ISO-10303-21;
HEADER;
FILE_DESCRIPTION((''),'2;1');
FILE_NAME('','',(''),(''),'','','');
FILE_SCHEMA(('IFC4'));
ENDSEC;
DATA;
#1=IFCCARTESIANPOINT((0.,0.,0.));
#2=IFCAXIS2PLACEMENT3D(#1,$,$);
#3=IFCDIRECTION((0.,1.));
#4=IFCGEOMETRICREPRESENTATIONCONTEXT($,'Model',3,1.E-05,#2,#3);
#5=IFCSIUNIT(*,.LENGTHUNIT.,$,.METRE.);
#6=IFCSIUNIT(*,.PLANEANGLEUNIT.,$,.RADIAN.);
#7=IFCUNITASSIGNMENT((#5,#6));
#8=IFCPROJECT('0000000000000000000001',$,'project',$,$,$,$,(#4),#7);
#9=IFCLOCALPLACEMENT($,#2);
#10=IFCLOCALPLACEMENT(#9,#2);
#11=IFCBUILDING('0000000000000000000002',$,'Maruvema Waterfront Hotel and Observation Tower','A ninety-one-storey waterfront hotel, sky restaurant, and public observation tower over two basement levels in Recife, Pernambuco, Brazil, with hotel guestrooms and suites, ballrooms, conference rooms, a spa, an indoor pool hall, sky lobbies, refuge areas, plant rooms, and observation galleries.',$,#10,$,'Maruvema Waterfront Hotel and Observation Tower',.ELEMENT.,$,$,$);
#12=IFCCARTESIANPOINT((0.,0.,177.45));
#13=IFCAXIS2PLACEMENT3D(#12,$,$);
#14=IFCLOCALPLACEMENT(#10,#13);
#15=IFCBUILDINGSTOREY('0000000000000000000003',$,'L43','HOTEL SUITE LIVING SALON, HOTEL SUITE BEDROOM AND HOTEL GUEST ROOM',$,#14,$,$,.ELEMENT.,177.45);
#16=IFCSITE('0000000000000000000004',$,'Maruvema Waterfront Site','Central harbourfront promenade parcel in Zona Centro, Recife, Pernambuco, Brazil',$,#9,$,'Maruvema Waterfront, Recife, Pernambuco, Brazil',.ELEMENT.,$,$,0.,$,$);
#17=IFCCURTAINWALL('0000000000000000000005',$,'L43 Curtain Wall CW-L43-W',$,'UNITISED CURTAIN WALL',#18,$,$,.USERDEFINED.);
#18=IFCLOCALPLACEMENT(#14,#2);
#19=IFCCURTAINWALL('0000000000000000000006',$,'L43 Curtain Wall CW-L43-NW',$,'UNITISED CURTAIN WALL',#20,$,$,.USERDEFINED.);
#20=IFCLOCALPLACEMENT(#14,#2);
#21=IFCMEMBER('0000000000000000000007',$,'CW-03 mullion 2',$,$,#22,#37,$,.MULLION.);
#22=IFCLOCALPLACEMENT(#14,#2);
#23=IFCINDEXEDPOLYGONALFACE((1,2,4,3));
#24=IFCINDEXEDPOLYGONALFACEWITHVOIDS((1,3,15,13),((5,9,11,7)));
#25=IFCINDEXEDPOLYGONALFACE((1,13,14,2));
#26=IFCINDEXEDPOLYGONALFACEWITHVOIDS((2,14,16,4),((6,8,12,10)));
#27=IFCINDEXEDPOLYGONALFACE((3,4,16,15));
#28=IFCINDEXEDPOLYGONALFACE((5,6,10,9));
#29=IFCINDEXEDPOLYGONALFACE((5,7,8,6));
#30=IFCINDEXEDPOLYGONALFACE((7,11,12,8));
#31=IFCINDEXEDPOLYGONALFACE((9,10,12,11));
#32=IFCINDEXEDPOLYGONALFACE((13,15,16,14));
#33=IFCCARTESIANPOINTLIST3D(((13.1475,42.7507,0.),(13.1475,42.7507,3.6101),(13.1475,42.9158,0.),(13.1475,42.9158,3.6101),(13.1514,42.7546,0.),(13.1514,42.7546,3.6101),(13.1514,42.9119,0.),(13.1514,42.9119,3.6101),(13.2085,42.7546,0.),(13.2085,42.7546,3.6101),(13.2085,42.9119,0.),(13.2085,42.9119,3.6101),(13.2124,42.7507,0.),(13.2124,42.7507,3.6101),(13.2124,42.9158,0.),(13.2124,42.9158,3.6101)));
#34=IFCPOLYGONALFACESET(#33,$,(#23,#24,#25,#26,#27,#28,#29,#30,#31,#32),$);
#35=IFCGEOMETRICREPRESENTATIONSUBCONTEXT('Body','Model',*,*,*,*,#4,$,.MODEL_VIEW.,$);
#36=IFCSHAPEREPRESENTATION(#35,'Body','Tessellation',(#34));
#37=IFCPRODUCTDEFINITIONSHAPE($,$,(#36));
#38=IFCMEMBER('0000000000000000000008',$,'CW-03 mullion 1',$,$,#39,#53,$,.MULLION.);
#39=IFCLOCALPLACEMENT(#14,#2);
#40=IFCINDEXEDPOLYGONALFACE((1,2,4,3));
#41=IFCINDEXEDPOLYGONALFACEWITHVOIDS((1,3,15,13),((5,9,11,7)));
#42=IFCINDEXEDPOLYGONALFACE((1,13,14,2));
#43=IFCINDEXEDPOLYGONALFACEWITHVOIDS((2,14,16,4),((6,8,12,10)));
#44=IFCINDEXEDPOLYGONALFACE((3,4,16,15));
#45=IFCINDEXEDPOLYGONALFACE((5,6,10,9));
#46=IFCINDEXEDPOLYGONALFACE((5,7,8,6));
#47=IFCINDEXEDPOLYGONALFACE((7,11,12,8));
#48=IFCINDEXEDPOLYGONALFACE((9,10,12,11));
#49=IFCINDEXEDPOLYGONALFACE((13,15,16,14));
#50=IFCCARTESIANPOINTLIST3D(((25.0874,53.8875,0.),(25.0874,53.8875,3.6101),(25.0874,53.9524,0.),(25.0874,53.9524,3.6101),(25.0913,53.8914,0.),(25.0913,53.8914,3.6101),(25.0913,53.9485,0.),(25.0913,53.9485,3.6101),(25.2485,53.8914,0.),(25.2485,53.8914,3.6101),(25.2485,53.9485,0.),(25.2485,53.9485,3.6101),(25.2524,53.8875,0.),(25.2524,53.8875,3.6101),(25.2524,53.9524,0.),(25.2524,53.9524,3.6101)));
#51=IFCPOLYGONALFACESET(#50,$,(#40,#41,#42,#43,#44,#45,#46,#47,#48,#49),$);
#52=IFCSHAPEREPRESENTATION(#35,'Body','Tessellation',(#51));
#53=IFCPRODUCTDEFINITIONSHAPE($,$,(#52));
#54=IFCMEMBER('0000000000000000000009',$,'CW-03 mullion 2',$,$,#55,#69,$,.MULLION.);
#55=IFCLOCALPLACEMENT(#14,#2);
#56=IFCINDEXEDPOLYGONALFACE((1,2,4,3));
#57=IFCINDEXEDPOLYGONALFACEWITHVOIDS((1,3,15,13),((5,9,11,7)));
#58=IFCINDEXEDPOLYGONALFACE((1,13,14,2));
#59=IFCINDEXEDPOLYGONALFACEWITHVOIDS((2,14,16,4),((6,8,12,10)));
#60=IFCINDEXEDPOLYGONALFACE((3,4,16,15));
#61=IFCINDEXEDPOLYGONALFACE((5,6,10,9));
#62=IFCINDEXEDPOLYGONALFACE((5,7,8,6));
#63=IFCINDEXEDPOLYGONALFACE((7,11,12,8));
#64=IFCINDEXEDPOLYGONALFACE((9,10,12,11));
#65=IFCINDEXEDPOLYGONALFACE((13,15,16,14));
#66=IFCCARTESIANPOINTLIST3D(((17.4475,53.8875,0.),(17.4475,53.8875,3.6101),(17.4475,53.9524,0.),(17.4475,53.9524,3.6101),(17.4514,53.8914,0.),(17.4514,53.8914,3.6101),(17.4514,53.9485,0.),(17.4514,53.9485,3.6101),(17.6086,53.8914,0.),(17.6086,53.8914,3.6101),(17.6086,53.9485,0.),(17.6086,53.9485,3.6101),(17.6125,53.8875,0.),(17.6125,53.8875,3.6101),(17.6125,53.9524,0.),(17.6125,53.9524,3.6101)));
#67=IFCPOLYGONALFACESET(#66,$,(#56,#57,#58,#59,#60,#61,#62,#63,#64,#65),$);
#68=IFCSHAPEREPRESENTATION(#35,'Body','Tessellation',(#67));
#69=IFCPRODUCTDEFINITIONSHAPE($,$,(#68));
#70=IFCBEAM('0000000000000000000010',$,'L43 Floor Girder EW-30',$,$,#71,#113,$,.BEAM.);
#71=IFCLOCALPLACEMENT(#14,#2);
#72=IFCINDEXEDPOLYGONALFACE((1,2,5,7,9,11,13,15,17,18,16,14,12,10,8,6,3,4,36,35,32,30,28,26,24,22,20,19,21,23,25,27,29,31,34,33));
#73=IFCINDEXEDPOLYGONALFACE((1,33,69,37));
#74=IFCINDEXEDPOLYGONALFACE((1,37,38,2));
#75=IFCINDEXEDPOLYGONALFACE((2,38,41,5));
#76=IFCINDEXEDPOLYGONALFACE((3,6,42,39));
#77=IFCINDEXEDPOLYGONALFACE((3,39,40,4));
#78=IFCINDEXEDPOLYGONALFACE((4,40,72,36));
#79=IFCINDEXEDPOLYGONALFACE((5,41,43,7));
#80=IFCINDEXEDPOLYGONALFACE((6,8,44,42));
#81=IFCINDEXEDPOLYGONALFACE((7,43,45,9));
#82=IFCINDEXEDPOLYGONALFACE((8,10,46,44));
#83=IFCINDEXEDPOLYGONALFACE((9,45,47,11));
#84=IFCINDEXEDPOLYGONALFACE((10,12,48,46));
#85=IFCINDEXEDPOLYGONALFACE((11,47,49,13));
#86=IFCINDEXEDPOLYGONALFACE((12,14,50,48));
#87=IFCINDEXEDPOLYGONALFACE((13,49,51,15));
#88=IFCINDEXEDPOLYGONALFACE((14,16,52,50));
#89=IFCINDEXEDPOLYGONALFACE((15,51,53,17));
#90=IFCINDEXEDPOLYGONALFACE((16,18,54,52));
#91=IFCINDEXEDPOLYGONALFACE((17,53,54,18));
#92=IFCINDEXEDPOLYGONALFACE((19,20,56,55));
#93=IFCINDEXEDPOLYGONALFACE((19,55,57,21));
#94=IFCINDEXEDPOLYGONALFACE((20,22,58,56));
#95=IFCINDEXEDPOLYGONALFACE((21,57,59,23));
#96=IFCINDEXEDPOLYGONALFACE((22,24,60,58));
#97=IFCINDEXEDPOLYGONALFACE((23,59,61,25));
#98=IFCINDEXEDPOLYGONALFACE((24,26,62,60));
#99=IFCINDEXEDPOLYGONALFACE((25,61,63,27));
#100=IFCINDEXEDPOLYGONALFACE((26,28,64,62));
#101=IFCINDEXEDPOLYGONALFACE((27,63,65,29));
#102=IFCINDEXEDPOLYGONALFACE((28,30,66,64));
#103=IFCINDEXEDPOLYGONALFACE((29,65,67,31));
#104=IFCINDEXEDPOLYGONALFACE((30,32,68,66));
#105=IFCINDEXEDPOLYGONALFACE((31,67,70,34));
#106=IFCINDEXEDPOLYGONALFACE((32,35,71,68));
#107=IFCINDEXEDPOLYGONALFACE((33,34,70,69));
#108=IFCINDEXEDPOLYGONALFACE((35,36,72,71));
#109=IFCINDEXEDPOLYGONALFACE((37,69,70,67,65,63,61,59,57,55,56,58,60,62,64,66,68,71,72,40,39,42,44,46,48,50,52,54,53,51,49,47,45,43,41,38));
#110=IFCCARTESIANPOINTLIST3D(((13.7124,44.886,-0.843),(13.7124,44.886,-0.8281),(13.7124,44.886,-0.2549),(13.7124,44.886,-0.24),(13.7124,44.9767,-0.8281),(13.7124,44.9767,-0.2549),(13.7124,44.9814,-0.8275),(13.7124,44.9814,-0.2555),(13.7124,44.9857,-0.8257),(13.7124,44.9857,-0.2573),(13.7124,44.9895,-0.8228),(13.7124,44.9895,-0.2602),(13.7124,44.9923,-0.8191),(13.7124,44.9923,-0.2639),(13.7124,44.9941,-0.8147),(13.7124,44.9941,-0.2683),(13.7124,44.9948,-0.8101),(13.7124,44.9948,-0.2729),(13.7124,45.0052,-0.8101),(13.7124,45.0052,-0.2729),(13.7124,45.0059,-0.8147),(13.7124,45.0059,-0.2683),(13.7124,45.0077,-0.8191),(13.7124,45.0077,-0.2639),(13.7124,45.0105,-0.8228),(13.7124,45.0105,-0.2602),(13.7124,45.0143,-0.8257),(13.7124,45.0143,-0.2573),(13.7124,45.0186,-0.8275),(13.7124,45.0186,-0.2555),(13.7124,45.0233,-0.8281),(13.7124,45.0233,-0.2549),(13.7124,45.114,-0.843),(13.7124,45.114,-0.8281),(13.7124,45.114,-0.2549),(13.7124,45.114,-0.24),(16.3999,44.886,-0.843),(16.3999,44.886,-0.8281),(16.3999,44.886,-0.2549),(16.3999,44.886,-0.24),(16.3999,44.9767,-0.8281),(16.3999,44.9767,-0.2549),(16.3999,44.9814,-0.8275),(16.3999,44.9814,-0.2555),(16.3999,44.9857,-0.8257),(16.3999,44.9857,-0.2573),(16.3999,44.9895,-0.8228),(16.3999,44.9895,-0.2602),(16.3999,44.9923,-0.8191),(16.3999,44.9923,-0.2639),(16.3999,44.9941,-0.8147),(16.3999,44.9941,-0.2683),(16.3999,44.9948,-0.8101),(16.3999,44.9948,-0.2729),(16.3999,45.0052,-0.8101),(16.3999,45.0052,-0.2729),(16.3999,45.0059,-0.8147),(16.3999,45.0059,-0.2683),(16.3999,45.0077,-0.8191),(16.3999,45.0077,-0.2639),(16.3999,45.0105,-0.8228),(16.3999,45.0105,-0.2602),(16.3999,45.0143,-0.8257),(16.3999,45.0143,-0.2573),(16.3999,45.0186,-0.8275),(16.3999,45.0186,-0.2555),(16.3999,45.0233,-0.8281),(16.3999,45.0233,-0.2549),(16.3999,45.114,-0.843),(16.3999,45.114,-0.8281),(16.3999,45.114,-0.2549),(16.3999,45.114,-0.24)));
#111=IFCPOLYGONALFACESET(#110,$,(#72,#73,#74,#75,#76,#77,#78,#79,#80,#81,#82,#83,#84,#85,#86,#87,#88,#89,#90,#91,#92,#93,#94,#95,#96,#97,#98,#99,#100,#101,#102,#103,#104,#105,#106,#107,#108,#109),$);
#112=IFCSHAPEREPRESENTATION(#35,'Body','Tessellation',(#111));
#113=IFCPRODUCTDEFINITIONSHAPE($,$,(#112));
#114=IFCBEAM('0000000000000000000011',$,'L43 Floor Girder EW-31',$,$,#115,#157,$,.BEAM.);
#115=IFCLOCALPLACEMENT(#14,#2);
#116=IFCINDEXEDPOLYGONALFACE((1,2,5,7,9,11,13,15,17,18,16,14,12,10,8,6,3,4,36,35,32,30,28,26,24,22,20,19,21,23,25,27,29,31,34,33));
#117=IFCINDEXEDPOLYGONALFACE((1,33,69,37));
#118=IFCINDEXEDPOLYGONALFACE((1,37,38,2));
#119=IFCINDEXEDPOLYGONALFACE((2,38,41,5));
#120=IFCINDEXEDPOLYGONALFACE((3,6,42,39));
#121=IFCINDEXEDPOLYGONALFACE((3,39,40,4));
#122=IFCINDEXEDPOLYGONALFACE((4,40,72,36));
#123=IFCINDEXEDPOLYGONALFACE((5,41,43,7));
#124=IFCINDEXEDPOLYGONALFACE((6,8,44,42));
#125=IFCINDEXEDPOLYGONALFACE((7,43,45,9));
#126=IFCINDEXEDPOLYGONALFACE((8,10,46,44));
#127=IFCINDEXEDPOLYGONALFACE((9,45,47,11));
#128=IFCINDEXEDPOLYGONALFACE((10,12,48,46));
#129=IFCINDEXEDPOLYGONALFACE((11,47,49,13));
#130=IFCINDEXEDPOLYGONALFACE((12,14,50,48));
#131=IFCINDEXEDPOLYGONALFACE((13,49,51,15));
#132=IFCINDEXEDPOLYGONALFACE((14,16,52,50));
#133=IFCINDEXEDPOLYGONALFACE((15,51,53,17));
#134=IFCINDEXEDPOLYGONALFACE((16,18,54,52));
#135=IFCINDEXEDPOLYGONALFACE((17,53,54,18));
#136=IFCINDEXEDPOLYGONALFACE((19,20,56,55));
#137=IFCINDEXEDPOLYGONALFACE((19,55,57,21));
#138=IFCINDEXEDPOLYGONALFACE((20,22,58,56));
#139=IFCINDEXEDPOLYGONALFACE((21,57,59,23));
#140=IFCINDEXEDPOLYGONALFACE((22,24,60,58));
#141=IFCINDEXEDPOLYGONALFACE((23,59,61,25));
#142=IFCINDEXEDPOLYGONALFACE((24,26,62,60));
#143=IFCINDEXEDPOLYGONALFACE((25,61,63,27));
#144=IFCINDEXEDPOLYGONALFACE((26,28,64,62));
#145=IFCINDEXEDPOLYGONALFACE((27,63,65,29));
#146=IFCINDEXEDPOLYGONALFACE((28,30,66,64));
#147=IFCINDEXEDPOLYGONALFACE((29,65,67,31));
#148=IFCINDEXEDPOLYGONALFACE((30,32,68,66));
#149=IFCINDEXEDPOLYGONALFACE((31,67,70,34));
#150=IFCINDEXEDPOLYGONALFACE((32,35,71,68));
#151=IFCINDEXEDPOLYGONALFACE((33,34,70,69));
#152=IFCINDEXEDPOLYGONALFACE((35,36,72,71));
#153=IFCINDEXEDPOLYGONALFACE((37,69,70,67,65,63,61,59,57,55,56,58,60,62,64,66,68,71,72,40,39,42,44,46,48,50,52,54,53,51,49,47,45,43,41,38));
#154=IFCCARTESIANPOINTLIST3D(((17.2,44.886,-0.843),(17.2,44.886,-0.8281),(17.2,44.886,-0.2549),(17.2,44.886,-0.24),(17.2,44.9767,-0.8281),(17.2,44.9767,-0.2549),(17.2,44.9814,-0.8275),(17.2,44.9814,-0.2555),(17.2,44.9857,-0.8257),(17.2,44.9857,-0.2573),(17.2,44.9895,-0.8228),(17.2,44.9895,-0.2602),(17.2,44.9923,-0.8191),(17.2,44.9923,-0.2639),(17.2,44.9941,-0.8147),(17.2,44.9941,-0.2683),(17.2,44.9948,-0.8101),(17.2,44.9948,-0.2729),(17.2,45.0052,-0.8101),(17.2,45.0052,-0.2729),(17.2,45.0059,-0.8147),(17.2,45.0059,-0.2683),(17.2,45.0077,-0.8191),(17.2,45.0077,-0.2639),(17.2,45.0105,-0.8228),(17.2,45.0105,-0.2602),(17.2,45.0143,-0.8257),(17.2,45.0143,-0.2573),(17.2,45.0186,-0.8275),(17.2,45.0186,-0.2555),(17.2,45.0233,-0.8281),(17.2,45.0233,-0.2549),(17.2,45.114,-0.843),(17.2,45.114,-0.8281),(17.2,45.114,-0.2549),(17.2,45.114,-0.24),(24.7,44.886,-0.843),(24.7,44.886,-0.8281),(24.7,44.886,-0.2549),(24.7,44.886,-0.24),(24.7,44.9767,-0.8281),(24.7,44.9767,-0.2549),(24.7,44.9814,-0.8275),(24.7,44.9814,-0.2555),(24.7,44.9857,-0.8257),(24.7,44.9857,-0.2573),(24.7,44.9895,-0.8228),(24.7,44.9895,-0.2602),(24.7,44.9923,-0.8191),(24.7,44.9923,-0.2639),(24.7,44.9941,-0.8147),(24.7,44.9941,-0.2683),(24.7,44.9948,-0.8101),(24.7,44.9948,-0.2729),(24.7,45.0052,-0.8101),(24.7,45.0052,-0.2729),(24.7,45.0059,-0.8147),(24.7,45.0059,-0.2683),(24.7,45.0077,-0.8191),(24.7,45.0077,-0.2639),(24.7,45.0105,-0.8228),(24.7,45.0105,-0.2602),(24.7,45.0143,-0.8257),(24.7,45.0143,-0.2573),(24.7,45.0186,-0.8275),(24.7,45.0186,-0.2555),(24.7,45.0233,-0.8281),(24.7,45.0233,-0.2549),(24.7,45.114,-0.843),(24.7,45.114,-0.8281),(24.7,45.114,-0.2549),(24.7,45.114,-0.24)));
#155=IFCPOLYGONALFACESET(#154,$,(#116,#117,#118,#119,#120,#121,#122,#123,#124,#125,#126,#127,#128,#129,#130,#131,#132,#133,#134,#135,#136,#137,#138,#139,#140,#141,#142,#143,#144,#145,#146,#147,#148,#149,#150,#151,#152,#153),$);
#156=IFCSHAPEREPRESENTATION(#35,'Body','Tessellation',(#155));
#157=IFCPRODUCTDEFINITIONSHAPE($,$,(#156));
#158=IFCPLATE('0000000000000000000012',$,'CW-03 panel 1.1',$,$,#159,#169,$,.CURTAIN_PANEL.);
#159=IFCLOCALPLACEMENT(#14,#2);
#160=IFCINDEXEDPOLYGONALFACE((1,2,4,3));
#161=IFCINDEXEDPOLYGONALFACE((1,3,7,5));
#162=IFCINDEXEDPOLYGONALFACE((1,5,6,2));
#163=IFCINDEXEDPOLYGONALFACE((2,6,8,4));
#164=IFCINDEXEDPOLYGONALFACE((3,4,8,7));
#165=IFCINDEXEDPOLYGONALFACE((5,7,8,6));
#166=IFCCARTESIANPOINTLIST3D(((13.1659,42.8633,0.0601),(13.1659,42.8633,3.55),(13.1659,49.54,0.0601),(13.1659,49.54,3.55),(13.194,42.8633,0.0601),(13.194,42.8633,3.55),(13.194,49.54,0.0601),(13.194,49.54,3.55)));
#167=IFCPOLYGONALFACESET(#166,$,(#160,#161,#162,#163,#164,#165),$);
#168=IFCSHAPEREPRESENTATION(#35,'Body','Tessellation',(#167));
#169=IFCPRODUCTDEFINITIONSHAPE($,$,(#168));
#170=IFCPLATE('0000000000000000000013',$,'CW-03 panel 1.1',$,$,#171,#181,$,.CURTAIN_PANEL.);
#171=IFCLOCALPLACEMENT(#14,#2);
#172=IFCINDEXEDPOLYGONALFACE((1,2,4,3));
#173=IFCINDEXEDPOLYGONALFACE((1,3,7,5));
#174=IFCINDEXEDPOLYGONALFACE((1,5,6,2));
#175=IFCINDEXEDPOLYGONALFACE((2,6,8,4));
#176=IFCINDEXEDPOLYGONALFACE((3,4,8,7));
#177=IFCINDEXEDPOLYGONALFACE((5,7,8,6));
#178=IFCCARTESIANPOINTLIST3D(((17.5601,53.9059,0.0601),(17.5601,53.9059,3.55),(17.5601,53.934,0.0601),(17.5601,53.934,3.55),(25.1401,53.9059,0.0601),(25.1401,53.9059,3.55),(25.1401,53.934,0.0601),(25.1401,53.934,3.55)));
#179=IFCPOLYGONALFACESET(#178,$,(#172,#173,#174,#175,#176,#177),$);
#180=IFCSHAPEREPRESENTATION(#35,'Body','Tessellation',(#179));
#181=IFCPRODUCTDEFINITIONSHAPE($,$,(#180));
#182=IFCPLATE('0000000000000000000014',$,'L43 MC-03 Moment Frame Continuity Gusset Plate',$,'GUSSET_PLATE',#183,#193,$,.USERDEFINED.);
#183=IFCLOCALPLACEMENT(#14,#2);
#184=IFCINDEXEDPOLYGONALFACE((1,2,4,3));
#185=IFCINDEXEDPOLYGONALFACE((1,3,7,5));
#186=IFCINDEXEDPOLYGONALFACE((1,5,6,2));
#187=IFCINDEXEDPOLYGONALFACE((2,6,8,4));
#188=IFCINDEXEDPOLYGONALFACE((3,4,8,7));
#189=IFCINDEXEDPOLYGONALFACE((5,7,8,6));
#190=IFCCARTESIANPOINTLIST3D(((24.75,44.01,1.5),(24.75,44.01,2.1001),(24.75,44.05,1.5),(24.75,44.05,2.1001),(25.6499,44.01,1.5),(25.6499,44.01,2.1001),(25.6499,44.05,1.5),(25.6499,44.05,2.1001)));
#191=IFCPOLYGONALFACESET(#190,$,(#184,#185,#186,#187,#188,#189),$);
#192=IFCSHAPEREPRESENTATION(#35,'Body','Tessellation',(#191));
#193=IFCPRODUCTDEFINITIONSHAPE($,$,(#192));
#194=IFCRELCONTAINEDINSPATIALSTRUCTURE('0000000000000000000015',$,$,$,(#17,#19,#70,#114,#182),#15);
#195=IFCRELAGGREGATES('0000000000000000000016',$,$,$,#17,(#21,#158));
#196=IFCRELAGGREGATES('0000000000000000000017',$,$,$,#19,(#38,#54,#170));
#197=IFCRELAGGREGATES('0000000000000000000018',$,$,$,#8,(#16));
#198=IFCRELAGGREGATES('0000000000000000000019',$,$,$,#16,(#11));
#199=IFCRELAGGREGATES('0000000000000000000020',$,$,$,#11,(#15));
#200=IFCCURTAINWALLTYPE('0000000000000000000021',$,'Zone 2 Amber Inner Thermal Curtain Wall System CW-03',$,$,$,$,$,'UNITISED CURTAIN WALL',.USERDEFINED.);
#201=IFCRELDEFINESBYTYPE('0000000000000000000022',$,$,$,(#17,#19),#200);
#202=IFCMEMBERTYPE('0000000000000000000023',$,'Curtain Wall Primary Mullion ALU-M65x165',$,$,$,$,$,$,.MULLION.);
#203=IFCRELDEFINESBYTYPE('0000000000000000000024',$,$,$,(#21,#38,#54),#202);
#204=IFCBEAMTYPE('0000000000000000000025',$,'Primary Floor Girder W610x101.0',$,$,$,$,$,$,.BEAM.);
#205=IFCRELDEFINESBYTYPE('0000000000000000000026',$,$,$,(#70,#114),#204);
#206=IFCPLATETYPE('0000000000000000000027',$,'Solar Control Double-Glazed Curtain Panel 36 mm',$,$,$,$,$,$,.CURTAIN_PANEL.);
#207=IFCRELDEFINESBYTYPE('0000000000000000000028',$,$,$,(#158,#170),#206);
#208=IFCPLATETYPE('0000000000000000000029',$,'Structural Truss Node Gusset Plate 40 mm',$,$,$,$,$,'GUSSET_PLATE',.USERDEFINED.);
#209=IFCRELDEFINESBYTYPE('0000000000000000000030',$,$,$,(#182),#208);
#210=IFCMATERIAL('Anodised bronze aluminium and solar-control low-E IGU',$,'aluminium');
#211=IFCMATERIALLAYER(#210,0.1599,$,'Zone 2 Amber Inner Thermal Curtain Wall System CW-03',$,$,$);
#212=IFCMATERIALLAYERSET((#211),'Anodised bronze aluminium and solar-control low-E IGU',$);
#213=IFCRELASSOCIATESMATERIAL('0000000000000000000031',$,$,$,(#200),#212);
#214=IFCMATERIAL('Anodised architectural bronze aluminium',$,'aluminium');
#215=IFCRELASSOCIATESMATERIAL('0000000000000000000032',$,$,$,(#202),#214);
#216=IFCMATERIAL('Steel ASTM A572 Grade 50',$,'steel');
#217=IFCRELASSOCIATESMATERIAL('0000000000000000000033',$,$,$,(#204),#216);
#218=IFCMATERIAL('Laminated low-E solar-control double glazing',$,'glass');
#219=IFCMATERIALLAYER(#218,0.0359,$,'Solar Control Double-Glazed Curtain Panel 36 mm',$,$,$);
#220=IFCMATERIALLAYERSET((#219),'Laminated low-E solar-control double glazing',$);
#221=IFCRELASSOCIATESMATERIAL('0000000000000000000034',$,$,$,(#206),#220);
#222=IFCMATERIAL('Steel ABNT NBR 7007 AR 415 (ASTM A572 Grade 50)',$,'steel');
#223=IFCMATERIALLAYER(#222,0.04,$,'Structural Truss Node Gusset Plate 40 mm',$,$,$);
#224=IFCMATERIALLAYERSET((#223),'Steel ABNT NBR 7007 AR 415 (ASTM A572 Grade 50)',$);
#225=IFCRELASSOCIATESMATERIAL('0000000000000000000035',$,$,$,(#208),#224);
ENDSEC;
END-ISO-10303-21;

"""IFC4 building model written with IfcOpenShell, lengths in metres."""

from ifc_helpers import new_model, si_unit, direction, frame, origin, origin_2d, place, context, subcontext, project, spatial, rectangle, hollow_rectangle, i_section, extrude, material, layer, layer_set, material_profile, profile_set, type_object, element, aggregate, save


model = new_model("IFC4")

# Units and contexts
model_context = context("Model", 3, precision=1e-05, world=origin(), true_north=direction((0.0, 1.0)))
body_context = subcontext(model_context, "Body", "Model", "MODEL_VIEW")
ifc_project = project(units=[si_unit("LENGTHUNIT", "METRE"), si_unit("PLANEANGLEUNIT", "RADIAN")], contexts=[model_context])

# Site, building, storey
site_placement = place(None, origin())
site = spatial("IfcSite", under=ifc_project, at=site_placement, Name="Maruvema Waterfront Site", Description="Central harbourfront promenade parcel in Zona Centro, Recife, Pernambuco, Brazil", LongName="Maruvema Waterfront, Recife, Pernambuco, Brazil", CompositionType="ELEMENT", RefElevation=0.0)
building_placement = place(site_placement, origin())
building = spatial("IfcBuilding", under=site, at=building_placement, Name="Maruvema Waterfront Hotel and Observation Tower", Description="A ninety-one-storey waterfront hotel, sky restaurant, and public observation tower over two basement levels in Recife, Pernambuco, Brazil, with hotel guestrooms and suites, ballrooms, conference rooms, a spa, an indoor pool hall, sky lobbies, refuge areas, plant rooms, and observation galleries.", LongName="Maruvema Waterfront Hotel and Observation Tower", CompositionType="ELEMENT")
storey_placement = place(building_placement, frame((0.0, 0.0, 177.45)))
storey = spatial("IfcBuildingStorey", under=building, at=storey_placement, Name="L43", Description="HOTEL SUITE LIVING SALON, HOTEL SUITE BEDROOM AND HOTEL GUEST ROOM", CompositionType="ELEMENT", Elevation=177.45)

# Curtain walls
ifc_material_1 = material(Name="Anodised bronze aluminium and solar-control low-E IGU", Category="aluminium")
ifc_layer_1 = layer(ifc_material_1, 0.1599, Name="Zone 2 Amber Inner Thermal Curtain Wall System CW-03")
ifc_layer_set_1 = layer_set([ifc_layer_1], Name="Anodised bronze aluminium and solar-control low-E IGU")
curtain_wall_type = type_object("IfcCurtainWallType", Name="Zone 2 Amber Inner Thermal Curtain Wall System CW-03", ElementType="UNITISED CURTAIN WALL", PredefinedType="USERDEFINED", material=ifc_layer_set_1)
curtain_wall_1_placement = place(storey_placement, origin())
curtain_wall_1 = element("IfcCurtainWall", 1, at=curtain_wall_1_placement, inside=storey, type_object=curtain_wall_type, Name="L43 Curtain Wall CW-L43-W", ObjectType="UNITISED CURTAIN WALL", PredefinedType="USERDEFINED")
curtain_wall_2_placement = place(storey_placement, origin())
curtain_wall_2 = element("IfcCurtainWall", 2, at=curtain_wall_2_placement, inside=storey, type_object=curtain_wall_type, Name="L43 Curtain Wall CW-L43-NW", ObjectType="UNITISED CURTAIN WALL", PredefinedType="USERDEFINED")

# Members
ifc_material_2 = material(Name="Anodised architectural bronze aluminium", Category="aluminium")
ifc_material_profile_1 = material_profile(ifc_material_2, hollow_rectangle(XDim=0.0649, YDim=0.165, WallThickness=0.0039, at=origin_2d()), Name="ALU-M65x165")
ifc_profile_set_1 = profile_set([ifc_material_profile_1], Name="Anodised architectural bronze aluminium")
member_type_1 = type_object("IfcMemberType", Name="Curtain Wall Primary Mullion ALU-M65x165", PredefinedType="MULLION", material=ifc_profile_set_1)
member_1_placement = place(storey_placement, frame((13.1799, 42.8333, 0.0), z_axis=(0.0, 0.0, 1.0), x_axis=(1.0, 0.0, 0.0)))
member_1 = element("IfcMember", 3, at=member_1_placement, type_object=member_type_1, Name="CW-03 mullion 2", PredefinedType="MULLION", context=body_context, shape_type="SweptSolid", body=[
    extrude(hollow_rectangle(XDim=0.0649, YDim=0.165, WallThickness=0.0039, at=origin_2d()), origin(), (0.0, 0.0, 1.0), 3.6101),
])
member_2_placement = place(storey_placement, frame((25.1699, 53.9199, 0.0), z_axis=(0.0, 0.0, 1.0), x_axis=(0.0, -1.0, 0.0)))
member_2 = element("IfcMember", 4, at=member_2_placement, type_object=member_type_1, Name="CW-03 mullion 1", PredefinedType="MULLION", context=body_context, shape_type="SweptSolid", body=[
    extrude(hollow_rectangle(XDim=0.0649, YDim=0.165, WallThickness=0.0039, at=origin_2d()), origin(), (0.0, 0.0, 1.0), 3.6101),
])
member_3_placement = place(storey_placement, frame((17.53, 53.9199, 0.0), z_axis=(0.0, 0.0, 1.0), x_axis=(0.0, -1.0, 0.0)))
member_3 = element("IfcMember", 5, at=member_3_placement, type_object=member_type_1, Name="CW-03 mullion 2", PredefinedType="MULLION", context=body_context, shape_type="SweptSolid", body=[
    extrude(hollow_rectangle(XDim=0.0649, YDim=0.165, WallThickness=0.0039, at=origin_2d()), origin(), (0.0, 0.0, 1.0), 3.6101),
])

# Beams
ifc_material_3 = material(Name="Steel ASTM A572 Grade 50", Category="steel")
ifc_material_profile_2 = material_profile(ifc_material_3, i_section(OverallWidth=0.228, OverallDepth=0.603, WebThickness=0.0105, FlangeThickness=0.0149, FilletRadius=0.0181, at=origin_2d()), Name="W610x101.0")
ifc_profile_set_2 = profile_set([ifc_material_profile_2], Name="Steel ASTM A572 Grade 50")
beam_type = type_object("IfcBeamType", Name="Primary Floor Girder W610x101.0", PredefinedType="BEAM", material=ifc_profile_set_2)
beam_1_placement = place(storey_placement, frame((13.7124, 45.0, -0.5415), z_axis=(1.0, 0.0, 0.0), x_axis=(0.0, 1.0, 0.0)))
element("IfcBeam", 6, at=beam_1_placement, inside=storey, type_object=beam_type, Name="L43 Floor Girder EW-30", PredefinedType="BEAM", context=body_context, shape_type="SweptSolid", body=[
    extrude(i_section(OverallWidth=0.228, OverallDepth=0.603, WebThickness=0.0105, FlangeThickness=0.0149, FilletRadius=0.0181, at=origin_2d()), origin(), (0.0, 0.0, 1.0), 2.6875),
])
beam_2_placement = place(storey_placement, frame((17.2, 45.0, -0.5415), z_axis=(1.0, 0.0, 0.0), x_axis=(0.0, 1.0, 0.0)))
element("IfcBeam", 7, at=beam_2_placement, inside=storey, type_object=beam_type, Name="L43 Floor Girder EW-31", PredefinedType="BEAM", context=body_context, shape_type="SweptSolid", body=[
    extrude(i_section(OverallWidth=0.228, OverallDepth=0.603, WebThickness=0.0105, FlangeThickness=0.0149, FilletRadius=0.0181, at=origin_2d()), origin(), (0.0, 0.0, 1.0), 7.5),
])

# Plates
ifc_material_4 = material(Name="Laminated low-E solar-control double glazing", Category="glass")
ifc_layer_2 = layer(ifc_material_4, 0.0359, Name="Solar Control Double-Glazed Curtain Panel 36 mm")
ifc_layer_set_2 = layer_set([ifc_layer_2], Name="Laminated low-E solar-control double glazing")
plate_type_1 = type_object("IfcPlateType", Name="Solar Control Double-Glazed Curtain Panel 36 mm", PredefinedType="CURTAIN_PANEL", material=ifc_layer_set_2)
plate_1_placement = place(storey_placement, frame((13.1799, 46.2017, 0.0601), z_axis=(0.0, 0.0, 1.0), x_axis=(0.0, -1.0, 0.0)))
plate_1 = element("IfcPlate", 8, at=plate_1_placement, type_object=plate_type_1, Name="CW-03 panel 1.1", PredefinedType="CURTAIN_PANEL", context=body_context, shape_type="SweptSolid", body=[
    extrude(rectangle(XDim=6.6768, YDim=0.0281, at=origin_2d()), origin(), (0.0, 0.0, 1.0), 3.49),
])
aggregate(curtain_wall_1, [member_1, plate_1])
plate_2_placement = place(storey_placement, frame((21.3501, 53.9199, 0.0601), z_axis=(0.0, 0.0, 1.0), x_axis=(-1.0, 0.0, 0.0)))
plate_2 = element("IfcPlate", 9, at=plate_2_placement, type_object=plate_type_1, Name="CW-03 panel 1.1", PredefinedType="CURTAIN_PANEL", context=body_context, shape_type="SweptSolid", body=[
    extrude(rectangle(XDim=7.5801, YDim=0.0281, at=origin_2d()), origin(), (0.0, 0.0, 1.0), 3.49),
])
aggregate(curtain_wall_2, [member_2, member_3, plate_2])
ifc_material_5 = material(Name="Steel ABNT NBR 7007 AR 415 (ASTM A572 Grade 50)", Category="steel")
ifc_layer_3 = layer(ifc_material_5, 0.04, Name="Structural Truss Node Gusset Plate 40 mm")
ifc_layer_set_3 = layer_set([ifc_layer_3], Name="Steel ABNT NBR 7007 AR 415 (ASTM A572 Grade 50)")
plate_type_2 = type_object("IfcPlateType", Name="Structural Truss Node Gusset Plate 40 mm", ElementType="GUSSET_PLATE", PredefinedType="USERDEFINED", material=ifc_layer_set_3)
plate_3_placement = place(storey_placement, frame((25.2, 44.03, 1.5), z_axis=(0.0, 0.0, 1.0), x_axis=(1.0, 0.0, 0.0)))
element("IfcPlate", 10, at=plate_3_placement, inside=storey, type_object=plate_type_2, Name="L43 MC-03 Moment Frame Continuity Gusset Plate", ObjectType="GUSSET_PLATE", PredefinedType="USERDEFINED", context=body_context, shape_type="SweptSolid", body=[
    extrude(rectangle(XDim=0.8999, YDim=0.04, at=origin_2d()), origin(), (0.0, 0.0, 1.0), 0.6001),
])

save(model, "model.ifc")
